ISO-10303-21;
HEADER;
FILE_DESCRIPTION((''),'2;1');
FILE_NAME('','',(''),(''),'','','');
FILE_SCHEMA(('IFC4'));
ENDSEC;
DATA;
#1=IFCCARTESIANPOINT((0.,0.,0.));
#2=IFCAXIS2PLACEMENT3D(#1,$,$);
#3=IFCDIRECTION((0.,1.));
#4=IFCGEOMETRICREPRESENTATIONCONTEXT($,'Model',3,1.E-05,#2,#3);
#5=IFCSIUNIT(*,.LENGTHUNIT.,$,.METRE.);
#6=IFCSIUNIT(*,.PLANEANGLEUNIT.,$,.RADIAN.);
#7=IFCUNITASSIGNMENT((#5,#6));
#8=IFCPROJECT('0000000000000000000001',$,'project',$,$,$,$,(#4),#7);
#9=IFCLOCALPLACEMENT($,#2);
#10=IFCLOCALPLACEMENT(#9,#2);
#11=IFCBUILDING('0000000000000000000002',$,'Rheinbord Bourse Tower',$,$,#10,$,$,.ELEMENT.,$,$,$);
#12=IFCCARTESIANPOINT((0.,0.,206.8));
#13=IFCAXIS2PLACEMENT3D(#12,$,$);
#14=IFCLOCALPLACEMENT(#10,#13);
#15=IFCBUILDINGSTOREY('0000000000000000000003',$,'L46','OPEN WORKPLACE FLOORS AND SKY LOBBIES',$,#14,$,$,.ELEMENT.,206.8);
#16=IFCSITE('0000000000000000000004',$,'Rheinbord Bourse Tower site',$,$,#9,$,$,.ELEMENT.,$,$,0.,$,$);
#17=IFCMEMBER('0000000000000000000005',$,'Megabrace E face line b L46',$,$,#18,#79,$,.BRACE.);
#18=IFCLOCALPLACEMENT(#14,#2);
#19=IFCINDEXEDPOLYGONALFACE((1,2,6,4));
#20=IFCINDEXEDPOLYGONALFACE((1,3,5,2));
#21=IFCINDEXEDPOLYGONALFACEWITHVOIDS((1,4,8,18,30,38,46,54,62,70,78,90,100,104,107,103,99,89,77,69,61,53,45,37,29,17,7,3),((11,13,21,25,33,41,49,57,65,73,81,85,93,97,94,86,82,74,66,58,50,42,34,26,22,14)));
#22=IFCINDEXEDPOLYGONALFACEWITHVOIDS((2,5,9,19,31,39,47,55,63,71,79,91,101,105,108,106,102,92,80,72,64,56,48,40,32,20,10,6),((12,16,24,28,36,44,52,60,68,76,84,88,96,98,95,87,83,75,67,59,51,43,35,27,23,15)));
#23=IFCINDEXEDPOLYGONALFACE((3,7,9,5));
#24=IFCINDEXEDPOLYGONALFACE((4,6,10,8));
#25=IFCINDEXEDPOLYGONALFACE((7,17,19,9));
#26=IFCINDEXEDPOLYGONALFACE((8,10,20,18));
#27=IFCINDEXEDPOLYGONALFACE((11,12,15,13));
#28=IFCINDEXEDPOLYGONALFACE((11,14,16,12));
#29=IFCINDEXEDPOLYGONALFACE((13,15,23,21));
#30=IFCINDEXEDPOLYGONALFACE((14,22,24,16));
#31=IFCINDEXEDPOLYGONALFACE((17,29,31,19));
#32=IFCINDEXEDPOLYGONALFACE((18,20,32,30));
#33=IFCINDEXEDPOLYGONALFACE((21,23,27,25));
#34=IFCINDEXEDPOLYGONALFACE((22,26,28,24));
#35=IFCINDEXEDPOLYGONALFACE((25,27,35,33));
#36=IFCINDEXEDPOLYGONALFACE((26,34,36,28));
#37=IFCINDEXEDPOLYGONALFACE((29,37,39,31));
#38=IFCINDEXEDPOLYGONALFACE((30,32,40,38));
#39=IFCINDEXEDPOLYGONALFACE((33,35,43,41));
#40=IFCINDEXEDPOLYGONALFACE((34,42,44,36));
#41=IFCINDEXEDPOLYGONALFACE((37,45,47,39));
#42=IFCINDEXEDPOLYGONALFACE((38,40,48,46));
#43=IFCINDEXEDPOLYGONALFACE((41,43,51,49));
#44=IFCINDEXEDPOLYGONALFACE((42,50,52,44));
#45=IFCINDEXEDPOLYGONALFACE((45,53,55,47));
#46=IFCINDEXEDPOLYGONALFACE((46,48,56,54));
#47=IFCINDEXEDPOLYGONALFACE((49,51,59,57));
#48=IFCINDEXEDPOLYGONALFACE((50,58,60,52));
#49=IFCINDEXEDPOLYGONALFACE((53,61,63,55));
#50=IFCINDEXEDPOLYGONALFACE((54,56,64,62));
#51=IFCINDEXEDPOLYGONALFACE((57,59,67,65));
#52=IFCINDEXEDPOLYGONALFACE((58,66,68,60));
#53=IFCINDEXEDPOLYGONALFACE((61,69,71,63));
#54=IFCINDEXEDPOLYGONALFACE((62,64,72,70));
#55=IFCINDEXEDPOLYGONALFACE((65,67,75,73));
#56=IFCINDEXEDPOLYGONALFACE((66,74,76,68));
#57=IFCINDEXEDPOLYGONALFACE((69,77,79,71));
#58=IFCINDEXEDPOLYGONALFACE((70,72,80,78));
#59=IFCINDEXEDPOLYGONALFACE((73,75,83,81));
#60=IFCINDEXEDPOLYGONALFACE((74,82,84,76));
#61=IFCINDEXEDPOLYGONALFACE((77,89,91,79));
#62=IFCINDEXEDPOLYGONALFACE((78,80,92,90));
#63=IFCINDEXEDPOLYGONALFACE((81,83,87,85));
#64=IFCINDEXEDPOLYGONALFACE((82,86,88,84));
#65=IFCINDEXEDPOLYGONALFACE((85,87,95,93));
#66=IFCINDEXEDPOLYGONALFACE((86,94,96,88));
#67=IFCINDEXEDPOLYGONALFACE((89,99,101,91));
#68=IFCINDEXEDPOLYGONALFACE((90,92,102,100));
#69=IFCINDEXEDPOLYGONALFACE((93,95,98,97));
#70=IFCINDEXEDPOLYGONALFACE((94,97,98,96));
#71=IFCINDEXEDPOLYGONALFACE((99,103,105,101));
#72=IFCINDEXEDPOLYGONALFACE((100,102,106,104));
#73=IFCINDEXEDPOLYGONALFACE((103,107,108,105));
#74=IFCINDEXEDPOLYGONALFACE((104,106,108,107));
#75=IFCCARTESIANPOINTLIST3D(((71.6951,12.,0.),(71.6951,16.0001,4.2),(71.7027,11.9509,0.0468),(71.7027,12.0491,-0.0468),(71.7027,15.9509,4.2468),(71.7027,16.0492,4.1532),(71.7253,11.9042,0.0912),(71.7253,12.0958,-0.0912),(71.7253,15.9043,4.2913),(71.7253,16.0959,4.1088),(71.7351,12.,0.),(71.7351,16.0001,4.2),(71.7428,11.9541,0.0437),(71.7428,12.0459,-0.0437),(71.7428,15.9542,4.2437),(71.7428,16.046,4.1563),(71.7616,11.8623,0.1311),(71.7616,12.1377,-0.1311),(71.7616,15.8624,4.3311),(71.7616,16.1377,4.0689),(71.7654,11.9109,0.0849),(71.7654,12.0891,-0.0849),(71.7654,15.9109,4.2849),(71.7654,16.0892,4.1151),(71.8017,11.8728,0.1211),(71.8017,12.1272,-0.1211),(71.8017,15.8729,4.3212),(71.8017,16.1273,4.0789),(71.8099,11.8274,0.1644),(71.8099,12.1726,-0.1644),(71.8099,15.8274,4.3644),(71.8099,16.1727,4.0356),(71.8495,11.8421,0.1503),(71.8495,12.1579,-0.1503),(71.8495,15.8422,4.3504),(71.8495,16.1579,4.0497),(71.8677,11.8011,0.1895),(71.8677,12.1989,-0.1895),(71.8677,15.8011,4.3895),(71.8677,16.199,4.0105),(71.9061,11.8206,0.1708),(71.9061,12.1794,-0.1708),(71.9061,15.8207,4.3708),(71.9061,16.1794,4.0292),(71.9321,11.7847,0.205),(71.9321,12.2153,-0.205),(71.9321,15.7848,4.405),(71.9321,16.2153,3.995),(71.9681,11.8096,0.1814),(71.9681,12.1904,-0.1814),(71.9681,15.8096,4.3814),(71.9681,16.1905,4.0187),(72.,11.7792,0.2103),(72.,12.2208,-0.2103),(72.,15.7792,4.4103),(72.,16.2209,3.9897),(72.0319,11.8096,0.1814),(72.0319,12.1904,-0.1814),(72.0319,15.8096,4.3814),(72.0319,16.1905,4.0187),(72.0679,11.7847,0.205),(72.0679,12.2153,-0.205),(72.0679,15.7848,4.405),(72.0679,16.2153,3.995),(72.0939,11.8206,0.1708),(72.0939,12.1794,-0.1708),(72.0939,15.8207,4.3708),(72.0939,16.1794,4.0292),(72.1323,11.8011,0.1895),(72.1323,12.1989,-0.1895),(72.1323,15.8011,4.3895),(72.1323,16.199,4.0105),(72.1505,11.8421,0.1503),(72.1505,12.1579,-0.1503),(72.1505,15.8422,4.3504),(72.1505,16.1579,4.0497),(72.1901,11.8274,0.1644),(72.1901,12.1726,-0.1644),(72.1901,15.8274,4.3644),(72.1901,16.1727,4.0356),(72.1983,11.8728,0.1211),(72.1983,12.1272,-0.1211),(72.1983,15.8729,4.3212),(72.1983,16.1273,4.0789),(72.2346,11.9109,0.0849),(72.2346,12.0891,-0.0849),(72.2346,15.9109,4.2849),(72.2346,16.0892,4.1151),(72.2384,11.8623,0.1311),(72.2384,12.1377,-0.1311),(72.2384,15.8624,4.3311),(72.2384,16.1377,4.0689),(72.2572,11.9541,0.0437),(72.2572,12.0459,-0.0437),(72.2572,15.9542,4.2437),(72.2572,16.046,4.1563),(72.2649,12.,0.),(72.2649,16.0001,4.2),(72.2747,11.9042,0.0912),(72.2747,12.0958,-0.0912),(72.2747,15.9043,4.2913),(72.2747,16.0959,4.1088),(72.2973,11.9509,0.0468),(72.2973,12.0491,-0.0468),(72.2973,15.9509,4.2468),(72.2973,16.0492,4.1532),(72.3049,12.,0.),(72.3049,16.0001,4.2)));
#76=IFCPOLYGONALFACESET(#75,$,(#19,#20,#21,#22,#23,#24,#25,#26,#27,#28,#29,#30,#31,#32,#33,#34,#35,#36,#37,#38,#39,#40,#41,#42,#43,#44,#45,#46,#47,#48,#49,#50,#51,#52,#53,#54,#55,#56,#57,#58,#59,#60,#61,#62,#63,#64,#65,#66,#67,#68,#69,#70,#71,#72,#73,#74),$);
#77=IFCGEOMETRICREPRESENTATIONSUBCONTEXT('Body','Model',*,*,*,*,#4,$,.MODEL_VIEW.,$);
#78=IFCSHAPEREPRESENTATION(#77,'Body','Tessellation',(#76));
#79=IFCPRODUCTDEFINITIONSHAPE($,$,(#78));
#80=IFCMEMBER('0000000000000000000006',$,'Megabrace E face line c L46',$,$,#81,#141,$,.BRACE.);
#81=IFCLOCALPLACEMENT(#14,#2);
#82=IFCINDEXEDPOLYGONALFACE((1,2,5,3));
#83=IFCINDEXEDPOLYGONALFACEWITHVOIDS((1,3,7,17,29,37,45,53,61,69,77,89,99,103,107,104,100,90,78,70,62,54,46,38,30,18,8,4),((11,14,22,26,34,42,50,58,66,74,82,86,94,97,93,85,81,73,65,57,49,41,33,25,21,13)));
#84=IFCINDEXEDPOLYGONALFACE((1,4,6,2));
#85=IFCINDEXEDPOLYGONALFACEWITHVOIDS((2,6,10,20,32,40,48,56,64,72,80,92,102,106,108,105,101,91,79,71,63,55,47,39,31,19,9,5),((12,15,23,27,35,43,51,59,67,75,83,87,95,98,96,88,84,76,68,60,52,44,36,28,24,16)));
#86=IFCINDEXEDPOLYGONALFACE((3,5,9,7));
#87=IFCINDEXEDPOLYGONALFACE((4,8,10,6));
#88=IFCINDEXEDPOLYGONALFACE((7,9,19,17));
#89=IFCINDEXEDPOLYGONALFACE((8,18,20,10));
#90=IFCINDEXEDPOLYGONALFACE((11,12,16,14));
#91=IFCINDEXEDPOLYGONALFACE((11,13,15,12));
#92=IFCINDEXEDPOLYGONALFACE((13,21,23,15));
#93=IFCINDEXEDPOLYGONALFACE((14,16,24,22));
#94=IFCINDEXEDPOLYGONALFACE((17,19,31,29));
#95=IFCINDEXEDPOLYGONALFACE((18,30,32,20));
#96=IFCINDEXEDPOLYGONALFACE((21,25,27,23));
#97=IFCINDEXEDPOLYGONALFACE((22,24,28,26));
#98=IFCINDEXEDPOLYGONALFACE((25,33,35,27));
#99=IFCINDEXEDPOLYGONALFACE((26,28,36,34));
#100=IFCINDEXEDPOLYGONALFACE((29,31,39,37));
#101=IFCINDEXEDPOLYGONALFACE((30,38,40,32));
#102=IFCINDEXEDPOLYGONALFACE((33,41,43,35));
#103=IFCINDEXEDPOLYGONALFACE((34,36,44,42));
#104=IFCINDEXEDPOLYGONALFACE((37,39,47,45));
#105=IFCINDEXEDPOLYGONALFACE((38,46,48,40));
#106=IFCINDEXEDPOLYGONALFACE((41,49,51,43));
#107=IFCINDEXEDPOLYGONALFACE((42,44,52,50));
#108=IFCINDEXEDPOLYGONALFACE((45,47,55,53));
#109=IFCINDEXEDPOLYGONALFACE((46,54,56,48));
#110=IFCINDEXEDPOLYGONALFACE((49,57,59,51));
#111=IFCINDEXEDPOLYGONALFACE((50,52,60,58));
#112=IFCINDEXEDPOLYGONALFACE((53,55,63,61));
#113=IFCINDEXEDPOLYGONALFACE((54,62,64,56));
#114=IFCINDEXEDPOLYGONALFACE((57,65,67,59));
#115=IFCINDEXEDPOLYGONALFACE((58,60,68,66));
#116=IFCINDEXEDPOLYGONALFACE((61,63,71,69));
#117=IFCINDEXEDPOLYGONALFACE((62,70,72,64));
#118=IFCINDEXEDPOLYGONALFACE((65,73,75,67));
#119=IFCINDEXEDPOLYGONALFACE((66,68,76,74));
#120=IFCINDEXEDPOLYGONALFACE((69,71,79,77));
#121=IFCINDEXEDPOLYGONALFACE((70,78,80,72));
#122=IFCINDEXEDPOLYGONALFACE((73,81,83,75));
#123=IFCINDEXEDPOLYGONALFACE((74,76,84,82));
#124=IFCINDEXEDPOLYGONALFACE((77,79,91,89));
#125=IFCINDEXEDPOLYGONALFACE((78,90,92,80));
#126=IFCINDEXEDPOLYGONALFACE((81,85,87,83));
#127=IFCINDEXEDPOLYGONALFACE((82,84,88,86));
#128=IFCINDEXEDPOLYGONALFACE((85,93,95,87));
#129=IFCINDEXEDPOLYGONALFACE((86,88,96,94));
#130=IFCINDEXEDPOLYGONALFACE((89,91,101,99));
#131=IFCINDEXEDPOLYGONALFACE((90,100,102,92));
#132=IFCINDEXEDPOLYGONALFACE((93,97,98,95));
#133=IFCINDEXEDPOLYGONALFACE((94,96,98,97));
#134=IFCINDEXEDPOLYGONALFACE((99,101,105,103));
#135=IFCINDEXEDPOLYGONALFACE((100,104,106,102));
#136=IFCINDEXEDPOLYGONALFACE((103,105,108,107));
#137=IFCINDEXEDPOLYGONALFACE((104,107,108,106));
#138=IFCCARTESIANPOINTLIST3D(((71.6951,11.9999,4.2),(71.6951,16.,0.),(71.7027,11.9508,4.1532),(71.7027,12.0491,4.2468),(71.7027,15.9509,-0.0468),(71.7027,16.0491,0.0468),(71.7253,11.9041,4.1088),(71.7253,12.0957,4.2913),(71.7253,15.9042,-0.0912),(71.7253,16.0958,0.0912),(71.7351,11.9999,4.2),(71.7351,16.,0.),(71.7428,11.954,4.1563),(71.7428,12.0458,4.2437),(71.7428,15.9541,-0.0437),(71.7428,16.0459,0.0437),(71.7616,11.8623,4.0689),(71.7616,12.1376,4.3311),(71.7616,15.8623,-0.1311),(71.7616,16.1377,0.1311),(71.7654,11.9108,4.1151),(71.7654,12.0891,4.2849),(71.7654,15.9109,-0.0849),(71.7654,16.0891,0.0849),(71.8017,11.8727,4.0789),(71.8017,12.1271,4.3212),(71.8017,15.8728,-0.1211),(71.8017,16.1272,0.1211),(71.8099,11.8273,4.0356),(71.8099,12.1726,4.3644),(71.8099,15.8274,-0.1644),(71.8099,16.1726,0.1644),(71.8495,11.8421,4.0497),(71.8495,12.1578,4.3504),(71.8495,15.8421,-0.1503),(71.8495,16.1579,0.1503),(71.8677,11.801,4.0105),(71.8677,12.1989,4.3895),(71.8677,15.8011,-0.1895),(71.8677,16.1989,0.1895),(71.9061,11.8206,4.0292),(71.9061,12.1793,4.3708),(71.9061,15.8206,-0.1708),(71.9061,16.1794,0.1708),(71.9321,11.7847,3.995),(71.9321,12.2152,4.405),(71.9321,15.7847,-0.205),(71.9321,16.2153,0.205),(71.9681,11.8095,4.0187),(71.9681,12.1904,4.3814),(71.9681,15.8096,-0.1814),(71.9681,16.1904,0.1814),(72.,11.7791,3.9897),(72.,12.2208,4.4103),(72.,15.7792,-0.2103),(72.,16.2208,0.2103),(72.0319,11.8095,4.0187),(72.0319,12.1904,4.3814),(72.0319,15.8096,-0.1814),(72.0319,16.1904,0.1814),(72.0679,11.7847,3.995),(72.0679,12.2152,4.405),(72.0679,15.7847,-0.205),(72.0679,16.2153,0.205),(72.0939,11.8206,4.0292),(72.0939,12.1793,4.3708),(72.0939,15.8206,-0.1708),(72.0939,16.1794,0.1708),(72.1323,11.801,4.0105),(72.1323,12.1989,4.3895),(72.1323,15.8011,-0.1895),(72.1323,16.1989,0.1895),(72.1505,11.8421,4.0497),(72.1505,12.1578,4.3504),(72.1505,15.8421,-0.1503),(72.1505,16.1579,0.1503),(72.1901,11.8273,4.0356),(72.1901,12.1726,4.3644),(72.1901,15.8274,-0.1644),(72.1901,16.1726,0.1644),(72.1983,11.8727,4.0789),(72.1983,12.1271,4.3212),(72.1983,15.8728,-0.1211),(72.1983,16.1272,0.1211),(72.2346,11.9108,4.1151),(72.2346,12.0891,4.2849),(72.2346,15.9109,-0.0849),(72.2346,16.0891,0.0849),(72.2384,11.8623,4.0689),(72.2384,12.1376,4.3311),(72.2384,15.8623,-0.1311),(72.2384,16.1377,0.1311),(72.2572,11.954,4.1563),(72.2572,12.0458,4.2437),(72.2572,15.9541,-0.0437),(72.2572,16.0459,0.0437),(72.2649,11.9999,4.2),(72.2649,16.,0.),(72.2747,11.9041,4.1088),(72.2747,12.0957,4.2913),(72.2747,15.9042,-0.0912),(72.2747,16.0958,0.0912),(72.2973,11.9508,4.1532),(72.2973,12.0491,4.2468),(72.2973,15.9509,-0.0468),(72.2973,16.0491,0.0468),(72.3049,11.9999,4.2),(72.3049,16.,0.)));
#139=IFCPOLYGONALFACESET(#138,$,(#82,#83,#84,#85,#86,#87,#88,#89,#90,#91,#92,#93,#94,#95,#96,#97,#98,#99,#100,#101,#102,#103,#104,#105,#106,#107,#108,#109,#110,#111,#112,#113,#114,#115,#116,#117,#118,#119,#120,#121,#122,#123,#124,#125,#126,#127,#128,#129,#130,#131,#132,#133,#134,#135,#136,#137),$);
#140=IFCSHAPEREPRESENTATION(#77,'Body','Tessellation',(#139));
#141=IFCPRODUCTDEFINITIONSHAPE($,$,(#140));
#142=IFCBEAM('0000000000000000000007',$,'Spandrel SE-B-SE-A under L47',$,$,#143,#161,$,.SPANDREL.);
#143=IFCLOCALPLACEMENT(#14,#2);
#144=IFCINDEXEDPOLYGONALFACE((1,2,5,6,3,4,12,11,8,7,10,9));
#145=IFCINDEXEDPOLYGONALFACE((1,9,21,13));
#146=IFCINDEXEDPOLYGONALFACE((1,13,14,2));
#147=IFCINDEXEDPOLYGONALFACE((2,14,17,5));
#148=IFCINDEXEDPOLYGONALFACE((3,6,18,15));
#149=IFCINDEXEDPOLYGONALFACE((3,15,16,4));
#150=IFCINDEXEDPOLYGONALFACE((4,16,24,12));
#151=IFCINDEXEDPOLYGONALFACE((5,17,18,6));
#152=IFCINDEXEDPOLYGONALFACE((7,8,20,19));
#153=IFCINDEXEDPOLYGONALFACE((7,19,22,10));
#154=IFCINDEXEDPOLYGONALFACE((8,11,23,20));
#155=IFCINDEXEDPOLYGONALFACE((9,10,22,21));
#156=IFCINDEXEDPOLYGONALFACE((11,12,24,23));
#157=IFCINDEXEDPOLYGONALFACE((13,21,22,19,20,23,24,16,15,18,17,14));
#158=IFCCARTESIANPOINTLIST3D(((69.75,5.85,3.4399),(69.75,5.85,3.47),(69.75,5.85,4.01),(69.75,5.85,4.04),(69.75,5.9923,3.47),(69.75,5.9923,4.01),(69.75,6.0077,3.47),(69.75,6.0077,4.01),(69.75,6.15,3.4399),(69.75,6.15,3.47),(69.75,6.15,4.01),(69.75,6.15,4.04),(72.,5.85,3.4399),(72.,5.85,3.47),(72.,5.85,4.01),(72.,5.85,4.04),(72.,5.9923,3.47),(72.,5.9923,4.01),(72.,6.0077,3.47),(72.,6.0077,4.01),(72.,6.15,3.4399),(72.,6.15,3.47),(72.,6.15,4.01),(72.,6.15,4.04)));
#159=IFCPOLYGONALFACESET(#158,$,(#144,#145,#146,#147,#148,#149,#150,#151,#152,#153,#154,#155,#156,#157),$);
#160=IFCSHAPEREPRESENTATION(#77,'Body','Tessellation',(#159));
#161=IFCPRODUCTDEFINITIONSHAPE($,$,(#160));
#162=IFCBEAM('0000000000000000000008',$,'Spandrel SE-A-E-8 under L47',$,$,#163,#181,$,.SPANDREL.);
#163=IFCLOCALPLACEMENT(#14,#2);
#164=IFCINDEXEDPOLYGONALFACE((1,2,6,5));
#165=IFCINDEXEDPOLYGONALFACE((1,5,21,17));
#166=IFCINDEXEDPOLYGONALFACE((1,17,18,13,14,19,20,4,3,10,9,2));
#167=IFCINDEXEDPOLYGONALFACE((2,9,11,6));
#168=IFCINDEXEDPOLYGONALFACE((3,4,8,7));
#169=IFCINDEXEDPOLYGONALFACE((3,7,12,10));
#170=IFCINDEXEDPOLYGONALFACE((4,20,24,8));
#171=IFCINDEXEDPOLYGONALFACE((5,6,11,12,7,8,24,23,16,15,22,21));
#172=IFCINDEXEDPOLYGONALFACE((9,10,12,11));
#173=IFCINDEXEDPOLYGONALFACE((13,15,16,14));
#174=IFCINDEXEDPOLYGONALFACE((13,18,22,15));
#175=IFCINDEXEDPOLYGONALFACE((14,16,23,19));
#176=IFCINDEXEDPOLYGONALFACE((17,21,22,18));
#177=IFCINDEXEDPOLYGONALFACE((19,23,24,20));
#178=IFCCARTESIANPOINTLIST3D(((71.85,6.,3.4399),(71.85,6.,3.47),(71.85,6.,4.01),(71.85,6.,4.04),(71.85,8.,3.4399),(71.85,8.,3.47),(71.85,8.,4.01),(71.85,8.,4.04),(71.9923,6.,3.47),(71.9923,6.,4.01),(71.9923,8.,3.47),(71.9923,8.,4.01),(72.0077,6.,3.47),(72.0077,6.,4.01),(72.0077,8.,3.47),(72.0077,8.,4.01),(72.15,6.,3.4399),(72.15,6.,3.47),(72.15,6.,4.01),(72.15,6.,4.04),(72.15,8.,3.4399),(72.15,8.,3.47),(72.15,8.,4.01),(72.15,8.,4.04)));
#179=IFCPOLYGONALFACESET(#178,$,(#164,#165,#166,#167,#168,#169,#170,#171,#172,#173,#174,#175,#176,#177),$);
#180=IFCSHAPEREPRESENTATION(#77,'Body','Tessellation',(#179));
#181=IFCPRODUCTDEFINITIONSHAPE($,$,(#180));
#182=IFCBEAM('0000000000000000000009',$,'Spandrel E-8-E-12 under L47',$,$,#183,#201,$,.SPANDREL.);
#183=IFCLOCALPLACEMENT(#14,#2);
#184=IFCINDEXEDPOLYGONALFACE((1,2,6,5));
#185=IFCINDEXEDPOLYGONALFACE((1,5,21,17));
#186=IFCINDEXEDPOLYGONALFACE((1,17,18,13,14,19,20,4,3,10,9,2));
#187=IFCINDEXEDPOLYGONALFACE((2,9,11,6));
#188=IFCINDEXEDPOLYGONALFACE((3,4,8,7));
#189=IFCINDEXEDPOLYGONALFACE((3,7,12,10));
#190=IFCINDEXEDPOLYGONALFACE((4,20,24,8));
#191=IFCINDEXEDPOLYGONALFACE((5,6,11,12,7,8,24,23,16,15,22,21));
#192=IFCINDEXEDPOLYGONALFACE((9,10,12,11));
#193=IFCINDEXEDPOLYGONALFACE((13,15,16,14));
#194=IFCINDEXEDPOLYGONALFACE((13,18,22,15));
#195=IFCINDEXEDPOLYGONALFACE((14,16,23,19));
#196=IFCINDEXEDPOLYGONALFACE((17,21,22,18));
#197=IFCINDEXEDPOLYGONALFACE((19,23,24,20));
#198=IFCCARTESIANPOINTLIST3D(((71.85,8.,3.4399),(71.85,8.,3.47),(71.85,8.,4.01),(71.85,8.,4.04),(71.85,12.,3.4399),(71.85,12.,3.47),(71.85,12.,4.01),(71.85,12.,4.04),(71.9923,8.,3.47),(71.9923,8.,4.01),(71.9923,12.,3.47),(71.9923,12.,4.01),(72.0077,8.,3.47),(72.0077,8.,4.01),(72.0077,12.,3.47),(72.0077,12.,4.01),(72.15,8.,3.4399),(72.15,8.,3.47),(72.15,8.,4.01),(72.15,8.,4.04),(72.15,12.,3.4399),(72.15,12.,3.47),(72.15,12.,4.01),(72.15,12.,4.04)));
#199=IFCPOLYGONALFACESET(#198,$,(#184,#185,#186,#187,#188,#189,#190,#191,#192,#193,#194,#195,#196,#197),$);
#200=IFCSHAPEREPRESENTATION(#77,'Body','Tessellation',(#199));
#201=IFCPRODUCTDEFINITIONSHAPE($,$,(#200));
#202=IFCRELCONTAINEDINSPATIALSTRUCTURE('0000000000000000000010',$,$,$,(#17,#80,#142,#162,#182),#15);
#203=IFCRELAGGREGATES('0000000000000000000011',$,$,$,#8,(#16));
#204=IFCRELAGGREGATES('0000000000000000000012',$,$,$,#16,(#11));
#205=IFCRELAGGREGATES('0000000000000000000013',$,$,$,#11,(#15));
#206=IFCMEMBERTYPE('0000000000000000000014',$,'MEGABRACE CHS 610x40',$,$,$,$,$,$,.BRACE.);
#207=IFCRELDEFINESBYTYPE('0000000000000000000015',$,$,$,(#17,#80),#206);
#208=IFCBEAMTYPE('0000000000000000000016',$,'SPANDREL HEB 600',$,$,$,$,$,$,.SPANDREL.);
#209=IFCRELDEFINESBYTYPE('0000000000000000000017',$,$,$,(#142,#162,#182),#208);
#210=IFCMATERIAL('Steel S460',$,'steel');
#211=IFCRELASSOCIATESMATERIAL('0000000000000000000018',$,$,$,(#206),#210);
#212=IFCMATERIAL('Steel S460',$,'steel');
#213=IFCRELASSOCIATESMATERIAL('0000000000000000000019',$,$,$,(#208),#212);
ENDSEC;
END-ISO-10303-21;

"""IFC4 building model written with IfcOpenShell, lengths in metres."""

from ifc_helpers import new_model, si_unit, direction, frame, origin, origin_2d, place, context, subcontext, project, spatial, hollow_circle, i_section, extrude, material, material_profile, profile_set, type_object, element, save


model = new_model("IFC4")

# Units and contexts
model_context = context("Model", 3, precision=1e-05, world=origin(), true_north=direction((0.0, 1.0)))
body_context = subcontext(model_context, "Body", "Model", "MODEL_VIEW")
ifc_project = project(units=[si_unit("LENGTHUNIT", "METRE"), si_unit("PLANEANGLEUNIT", "RADIAN")], contexts=[model_context])

# Site, building, storey
site_placement = place(None, origin())
site = spatial("IfcSite", under=ifc_project, at=site_placement, Name="Rheinbord Bourse Tower site", CompositionType="ELEMENT", RefElevation=0.0)
building_placement = place(site_placement, origin())
building = spatial("IfcBuilding", under=site, at=building_placement, Name="Rheinbord Bourse Tower", CompositionType="ELEMENT")
storey_placement = place(building_placement, frame((0.0, 0.0, 206.8)))
storey = spatial("IfcBuildingStorey", under=building, at=storey_placement, Name="L46", Description="OPEN WORKPLACE FLOORS AND SKY LOBBIES", CompositionType="ELEMENT", Elevation=206.8)

# Members
ifc_material_1 = material(Name="Steel S460", Category="steel")
ifc_material_profile_1 = material_profile(ifc_material_1, hollow_circle(Radius=0.3049, WallThickness=0.04, at=origin_2d()), Name="CHS 610x40")
ifc_profile_set_1 = profile_set([ifc_material_profile_1], Name="Steel S460")
member_type_1 = type_object("IfcMemberType", Name="MEGABRACE CHS 610x40", PredefinedType="BRACE", material=ifc_profile_set_1)
for number, where, z_axis, x_axis, name in (
    (1, (72.0, 12.0, 0.0), (0.0, 0.689659, 0.724134), (-1.0, 0.0, 0.0), "Megabrace E face line b L46"),
    (2, (72.0, 16.0, 0.0), (0.0, -0.689659, 0.724134), (1.0, 0.0, 0.0), "Megabrace E face line c L46"),
):
    element("IfcMember", number, at=place(storey_placement, frame(where, z_axis=z_axis, x_axis=x_axis)), inside=storey, type_object=member_type_1, Name=name, PredefinedType="BRACE", context=body_context, shape_type="SweptSolid", body=[
        extrude(hollow_circle(Radius=0.3049, WallThickness=0.04, at=origin_2d()), origin(), (0.0, 0.0, 1.0), 5.8),
    ])

# Beams
ifc_material_2 = material(Name="Steel S460", Category="steel")
ifc_material_profile_2 = material_profile(ifc_material_2, i_section(OverallWidth=0.3, OverallDepth=0.6001, WebThickness=0.0154, FlangeThickness=0.03, at=origin_2d()), Name="HEB 600")
ifc_profile_set_2 = profile_set([ifc_material_profile_2], Name="Steel S460")
beam_type_1 = type_object("IfcBeamType", Name="SPANDREL HEB 600", PredefinedType="SPANDREL", material=ifc_profile_set_2)
beam_1_placement = place(storey_placement, frame((69.75, 6.0, 3.74), z_axis=(1.0, 0.0, 0.0), x_axis=(0.0, 1.0, 0.0)))
element("IfcBeam", 3, at=beam_1_placement, inside=storey, type_object=beam_type_1, Name="Spandrel SE-B-SE-A under L47", PredefinedType="SPANDREL", context=body_context, shape_type="SweptSolid", body=[
    extrude(i_section(OverallWidth=0.3, OverallDepth=0.6001, WebThickness=0.0154, FlangeThickness=0.03, at=origin_2d()), origin(), (0.0, 0.0, 1.0), 2.25),
])
beam_2_placement = place(storey_placement, frame((72.0, 6.0, 3.74), z_axis=(0.0, 1.0, 0.0), x_axis=(-1.0, 0.0, 0.0)))
element("IfcBeam", 4, at=beam_2_placement, inside=storey, type_object=beam_type_1, Name="Spandrel SE-A-E-8 under L47", PredefinedType="SPANDREL", context=body_context, shape_type="SweptSolid", body=[
    extrude(i_section(OverallWidth=0.3, OverallDepth=0.6001, WebThickness=0.0154, FlangeThickness=0.03, at=origin_2d()), origin(), (0.0, 0.0, 1.0), 2.0),
])
for number, where, z_axis, x_axis, name in (
    (5, (72.0, 8.0, 3.74), (0.0, 1.0, 0.0), (-1.0, 0.0, 0.0), "Spandrel E-8-E-12 under L47"),
):
    element("IfcBeam", number, at=place(storey_placement, frame(where, z_axis=z_axis, x_axis=x_axis)), inside=storey, type_object=beam_type_1, Name=name, PredefinedType="SPANDREL", context=body_context, shape_type="SweptSolid", body=[
        extrude(i_section(OverallWidth=0.3, OverallDepth=0.6001, WebThickness=0.0154, FlangeThickness=0.03, at=origin_2d()), origin(), (0.0, 0.0, 1.0), 4.0),
    ])

save(model, "model.ifc")
